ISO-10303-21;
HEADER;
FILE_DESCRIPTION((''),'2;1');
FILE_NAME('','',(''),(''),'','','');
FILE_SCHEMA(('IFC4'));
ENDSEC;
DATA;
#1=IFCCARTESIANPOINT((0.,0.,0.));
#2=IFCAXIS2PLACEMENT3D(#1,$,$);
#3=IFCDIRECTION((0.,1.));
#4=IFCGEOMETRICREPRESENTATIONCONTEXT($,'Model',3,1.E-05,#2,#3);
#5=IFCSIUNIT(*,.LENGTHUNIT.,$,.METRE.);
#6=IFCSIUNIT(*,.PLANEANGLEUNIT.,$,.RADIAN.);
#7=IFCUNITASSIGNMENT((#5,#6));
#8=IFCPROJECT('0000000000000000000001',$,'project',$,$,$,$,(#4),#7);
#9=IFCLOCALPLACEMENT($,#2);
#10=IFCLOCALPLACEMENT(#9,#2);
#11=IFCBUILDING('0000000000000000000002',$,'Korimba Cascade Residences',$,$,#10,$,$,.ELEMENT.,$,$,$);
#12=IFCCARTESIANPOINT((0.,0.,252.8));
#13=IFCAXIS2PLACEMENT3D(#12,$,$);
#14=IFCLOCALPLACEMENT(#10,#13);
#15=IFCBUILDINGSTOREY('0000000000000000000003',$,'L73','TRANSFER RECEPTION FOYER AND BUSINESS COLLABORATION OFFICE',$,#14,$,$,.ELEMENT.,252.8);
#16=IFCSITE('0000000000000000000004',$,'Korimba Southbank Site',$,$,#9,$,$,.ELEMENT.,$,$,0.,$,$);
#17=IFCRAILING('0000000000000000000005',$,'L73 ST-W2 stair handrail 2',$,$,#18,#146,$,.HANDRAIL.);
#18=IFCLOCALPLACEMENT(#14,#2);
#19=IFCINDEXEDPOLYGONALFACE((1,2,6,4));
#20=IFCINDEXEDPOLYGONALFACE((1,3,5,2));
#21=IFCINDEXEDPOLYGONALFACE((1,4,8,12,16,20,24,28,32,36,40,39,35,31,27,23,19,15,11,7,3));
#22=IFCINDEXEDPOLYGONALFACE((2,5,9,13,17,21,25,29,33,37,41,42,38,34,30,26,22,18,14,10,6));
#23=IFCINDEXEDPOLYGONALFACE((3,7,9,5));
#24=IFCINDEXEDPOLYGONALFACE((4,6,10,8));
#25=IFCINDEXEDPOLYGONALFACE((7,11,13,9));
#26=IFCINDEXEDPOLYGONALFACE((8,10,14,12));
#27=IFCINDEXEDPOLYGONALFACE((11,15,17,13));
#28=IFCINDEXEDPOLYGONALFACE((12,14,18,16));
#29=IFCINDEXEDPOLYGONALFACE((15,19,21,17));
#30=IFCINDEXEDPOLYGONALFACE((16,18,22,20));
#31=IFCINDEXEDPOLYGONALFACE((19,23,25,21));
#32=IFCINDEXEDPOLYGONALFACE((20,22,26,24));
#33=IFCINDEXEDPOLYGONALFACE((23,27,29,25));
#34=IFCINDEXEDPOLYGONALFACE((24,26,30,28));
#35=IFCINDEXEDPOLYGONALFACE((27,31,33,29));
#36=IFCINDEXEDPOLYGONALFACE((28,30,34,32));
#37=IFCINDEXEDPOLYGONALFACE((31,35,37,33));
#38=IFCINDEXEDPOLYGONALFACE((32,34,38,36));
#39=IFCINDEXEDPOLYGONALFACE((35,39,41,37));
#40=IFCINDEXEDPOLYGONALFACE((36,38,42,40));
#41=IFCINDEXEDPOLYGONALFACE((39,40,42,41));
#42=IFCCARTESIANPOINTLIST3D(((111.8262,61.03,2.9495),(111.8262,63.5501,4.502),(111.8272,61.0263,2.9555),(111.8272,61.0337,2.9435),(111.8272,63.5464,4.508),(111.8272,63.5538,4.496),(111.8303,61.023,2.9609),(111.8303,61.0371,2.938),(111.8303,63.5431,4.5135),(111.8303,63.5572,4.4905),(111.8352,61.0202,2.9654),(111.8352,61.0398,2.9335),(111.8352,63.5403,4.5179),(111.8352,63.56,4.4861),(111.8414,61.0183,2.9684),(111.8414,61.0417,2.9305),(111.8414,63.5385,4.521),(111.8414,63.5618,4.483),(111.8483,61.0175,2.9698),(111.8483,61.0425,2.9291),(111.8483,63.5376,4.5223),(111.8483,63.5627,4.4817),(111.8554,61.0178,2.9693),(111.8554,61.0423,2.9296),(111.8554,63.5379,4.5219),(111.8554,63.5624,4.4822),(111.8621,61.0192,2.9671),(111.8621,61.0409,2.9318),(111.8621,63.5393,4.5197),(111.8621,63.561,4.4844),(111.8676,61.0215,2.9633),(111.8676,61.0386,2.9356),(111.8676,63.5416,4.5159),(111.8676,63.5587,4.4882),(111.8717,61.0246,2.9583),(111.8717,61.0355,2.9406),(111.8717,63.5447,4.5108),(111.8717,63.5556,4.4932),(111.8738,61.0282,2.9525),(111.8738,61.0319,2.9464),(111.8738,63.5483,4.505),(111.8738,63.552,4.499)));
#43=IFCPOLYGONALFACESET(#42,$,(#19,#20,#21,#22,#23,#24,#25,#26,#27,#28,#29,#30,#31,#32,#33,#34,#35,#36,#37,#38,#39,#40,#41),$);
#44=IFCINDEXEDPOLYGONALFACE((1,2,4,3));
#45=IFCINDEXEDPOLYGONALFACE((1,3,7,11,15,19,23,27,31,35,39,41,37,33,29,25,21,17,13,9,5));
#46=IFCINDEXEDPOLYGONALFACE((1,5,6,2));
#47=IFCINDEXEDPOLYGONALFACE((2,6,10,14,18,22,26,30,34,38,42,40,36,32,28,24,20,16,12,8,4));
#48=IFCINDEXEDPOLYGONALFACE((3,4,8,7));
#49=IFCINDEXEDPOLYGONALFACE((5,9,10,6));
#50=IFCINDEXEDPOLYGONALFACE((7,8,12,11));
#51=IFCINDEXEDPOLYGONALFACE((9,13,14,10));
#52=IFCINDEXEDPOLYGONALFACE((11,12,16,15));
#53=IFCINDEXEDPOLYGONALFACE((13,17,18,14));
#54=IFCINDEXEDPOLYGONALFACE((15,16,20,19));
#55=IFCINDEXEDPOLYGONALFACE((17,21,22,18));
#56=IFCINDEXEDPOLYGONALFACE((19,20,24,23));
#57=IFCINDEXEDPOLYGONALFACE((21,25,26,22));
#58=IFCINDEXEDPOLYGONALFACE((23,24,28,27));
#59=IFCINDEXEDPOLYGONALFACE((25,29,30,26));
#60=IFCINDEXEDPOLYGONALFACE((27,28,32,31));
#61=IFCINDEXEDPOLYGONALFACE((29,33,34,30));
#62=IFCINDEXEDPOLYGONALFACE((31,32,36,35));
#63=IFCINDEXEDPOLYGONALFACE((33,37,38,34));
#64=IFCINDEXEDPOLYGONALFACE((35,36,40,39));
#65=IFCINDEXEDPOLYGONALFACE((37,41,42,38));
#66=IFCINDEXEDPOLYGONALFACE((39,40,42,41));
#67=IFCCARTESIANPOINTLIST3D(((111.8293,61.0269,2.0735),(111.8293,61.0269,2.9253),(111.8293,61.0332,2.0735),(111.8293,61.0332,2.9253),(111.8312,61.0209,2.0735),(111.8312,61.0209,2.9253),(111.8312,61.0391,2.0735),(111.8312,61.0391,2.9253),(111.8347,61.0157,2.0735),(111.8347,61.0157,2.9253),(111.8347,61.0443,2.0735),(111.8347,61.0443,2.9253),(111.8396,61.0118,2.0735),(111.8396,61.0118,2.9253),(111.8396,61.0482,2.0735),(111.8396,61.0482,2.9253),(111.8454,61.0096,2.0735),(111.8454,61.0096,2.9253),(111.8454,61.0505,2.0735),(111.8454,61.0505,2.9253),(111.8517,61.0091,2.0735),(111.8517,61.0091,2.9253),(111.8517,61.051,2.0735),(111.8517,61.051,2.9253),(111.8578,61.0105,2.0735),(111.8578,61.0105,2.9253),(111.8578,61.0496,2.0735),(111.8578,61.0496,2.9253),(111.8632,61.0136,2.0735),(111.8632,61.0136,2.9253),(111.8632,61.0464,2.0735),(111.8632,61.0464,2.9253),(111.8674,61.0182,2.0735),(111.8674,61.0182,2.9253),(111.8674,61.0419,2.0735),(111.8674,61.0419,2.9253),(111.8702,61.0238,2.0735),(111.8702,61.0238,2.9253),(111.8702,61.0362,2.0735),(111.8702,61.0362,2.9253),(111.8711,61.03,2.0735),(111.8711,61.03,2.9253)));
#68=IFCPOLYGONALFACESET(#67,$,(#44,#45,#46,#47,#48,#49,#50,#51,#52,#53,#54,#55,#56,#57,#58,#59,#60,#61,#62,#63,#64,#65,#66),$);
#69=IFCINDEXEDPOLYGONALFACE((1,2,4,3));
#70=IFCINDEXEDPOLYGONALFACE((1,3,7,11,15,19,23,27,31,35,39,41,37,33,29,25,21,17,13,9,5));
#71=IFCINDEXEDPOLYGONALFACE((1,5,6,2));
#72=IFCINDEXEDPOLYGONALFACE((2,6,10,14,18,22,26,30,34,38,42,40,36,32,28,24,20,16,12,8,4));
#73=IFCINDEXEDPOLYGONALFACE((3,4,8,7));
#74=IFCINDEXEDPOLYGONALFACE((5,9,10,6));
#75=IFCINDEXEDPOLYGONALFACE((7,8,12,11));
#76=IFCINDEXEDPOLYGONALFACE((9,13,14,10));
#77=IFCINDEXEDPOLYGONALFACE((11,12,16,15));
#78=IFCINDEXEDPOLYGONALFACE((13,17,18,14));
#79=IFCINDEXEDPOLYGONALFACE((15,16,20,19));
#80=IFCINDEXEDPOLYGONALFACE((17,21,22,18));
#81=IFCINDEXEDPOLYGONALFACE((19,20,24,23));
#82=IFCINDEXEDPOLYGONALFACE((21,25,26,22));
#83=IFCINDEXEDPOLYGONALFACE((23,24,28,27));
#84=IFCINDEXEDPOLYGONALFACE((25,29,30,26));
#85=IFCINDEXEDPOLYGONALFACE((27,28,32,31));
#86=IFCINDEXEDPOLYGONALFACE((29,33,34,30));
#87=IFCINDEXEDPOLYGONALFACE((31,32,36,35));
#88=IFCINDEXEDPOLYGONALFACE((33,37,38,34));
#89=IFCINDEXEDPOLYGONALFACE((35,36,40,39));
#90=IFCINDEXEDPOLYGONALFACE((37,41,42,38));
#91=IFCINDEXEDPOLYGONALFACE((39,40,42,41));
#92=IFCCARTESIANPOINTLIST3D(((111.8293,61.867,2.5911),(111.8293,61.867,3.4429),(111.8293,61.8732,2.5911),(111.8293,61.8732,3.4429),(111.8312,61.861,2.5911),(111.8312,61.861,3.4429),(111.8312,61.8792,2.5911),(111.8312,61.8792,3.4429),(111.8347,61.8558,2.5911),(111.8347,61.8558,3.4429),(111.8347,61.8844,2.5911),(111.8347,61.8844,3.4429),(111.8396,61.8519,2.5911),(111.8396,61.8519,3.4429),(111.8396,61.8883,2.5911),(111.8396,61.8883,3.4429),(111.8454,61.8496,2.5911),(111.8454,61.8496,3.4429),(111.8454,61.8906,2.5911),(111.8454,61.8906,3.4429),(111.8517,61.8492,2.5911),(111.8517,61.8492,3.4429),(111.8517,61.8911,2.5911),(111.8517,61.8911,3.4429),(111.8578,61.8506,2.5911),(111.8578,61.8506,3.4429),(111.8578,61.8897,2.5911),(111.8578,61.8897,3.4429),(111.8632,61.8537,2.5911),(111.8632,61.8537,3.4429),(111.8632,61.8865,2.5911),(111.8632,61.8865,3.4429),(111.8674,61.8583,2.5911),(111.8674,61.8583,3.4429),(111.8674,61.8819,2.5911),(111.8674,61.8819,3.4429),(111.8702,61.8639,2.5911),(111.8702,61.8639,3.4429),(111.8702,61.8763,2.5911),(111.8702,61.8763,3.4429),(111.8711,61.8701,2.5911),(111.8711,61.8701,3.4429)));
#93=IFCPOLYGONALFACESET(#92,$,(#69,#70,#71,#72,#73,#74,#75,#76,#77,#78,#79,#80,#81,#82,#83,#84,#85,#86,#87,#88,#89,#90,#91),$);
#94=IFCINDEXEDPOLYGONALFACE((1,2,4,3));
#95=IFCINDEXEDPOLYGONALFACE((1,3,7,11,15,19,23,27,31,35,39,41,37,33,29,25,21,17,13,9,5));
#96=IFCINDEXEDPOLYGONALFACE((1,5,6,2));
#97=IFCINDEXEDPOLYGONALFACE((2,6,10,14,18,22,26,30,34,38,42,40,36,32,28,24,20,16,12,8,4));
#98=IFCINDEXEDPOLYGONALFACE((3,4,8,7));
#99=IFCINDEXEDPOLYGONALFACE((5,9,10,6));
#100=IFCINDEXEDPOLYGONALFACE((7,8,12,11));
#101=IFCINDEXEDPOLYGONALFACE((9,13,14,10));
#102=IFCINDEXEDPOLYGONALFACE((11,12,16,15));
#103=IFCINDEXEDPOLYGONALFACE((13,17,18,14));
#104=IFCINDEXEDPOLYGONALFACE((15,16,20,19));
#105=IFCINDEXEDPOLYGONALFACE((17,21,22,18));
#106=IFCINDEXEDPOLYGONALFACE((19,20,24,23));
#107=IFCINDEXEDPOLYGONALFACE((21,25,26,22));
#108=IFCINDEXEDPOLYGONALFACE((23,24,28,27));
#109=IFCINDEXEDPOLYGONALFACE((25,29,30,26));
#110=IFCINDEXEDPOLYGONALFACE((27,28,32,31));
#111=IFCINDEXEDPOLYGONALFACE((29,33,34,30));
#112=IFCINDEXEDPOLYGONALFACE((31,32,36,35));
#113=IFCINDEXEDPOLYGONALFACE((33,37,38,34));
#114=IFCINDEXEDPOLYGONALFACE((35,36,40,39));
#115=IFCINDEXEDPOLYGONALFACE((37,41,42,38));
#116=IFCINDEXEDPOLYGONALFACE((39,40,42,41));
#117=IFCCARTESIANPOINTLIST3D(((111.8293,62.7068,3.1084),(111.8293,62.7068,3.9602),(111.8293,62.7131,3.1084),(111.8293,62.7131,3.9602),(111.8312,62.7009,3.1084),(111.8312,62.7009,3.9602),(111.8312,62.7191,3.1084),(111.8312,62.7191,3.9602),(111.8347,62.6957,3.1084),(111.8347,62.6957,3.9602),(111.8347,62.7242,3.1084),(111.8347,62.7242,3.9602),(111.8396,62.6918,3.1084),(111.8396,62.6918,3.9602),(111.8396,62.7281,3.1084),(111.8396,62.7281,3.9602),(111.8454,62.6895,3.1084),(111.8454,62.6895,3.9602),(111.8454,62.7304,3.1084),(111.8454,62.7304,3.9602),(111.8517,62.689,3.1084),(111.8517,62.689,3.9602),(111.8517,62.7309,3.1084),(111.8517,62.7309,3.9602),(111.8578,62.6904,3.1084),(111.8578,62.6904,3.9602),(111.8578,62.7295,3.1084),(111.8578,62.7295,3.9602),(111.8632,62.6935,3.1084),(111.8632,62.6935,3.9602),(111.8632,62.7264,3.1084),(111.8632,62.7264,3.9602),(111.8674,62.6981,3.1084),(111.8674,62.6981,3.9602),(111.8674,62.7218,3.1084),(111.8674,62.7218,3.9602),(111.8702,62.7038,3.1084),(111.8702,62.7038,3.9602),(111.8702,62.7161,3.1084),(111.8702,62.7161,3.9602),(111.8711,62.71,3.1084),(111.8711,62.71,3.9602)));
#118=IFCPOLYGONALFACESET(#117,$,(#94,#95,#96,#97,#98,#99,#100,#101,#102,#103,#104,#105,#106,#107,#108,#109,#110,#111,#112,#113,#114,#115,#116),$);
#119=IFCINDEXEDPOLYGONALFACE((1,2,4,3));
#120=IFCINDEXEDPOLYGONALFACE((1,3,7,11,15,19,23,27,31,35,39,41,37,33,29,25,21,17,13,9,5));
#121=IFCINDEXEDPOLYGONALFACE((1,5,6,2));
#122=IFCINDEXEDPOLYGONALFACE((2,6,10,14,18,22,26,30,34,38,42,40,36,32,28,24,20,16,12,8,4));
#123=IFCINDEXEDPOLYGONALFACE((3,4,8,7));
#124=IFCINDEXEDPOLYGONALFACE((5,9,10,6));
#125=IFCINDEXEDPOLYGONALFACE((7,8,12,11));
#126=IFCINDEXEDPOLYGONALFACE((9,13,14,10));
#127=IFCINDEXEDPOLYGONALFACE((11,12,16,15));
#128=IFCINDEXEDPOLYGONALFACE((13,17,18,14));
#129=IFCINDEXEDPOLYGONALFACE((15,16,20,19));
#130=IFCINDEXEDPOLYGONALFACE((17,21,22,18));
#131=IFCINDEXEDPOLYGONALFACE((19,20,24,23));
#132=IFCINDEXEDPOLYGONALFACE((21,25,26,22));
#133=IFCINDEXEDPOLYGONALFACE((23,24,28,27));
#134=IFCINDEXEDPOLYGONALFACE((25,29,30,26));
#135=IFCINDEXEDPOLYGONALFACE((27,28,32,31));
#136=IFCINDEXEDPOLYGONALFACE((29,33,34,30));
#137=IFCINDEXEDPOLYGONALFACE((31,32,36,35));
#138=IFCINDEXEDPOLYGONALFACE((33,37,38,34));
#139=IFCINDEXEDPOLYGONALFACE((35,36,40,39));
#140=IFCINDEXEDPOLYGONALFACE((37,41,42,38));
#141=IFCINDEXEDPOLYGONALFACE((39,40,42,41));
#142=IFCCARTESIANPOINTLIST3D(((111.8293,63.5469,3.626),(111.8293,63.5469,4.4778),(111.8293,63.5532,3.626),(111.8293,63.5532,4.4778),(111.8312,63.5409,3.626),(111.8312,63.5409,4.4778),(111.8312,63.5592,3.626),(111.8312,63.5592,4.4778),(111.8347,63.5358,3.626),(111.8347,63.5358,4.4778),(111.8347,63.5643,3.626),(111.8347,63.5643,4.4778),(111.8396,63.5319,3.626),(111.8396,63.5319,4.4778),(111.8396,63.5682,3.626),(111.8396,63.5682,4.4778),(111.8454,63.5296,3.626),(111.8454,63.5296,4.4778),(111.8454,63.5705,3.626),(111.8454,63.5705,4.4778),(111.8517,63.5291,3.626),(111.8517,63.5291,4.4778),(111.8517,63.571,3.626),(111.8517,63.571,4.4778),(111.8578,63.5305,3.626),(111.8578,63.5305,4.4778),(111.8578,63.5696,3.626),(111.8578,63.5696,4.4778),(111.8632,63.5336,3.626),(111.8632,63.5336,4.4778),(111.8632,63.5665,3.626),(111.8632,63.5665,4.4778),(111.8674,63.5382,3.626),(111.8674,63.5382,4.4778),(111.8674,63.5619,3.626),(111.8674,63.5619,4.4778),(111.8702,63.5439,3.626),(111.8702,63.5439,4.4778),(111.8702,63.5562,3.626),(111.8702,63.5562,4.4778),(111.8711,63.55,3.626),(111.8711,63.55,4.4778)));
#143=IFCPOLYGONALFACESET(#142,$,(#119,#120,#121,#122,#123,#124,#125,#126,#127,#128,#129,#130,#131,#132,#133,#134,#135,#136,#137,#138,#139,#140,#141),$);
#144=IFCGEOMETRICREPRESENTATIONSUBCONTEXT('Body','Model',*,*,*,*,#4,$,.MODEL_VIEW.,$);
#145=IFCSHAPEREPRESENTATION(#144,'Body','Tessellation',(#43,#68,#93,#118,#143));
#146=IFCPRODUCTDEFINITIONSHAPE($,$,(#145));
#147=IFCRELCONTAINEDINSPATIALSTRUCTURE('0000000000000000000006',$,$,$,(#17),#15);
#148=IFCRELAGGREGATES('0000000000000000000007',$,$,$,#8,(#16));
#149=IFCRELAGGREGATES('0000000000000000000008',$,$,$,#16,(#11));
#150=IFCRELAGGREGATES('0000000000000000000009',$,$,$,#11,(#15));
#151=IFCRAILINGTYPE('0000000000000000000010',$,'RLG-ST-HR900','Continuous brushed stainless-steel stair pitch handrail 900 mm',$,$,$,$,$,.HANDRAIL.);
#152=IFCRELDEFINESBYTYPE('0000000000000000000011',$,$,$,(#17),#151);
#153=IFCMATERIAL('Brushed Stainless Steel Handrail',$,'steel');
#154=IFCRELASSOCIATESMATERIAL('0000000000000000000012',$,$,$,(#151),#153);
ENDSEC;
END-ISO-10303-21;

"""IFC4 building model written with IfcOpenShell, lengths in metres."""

from ifc_helpers import new_model, si_unit, direction, frame, origin, origin_2d, place, context, subcontext, project, spatial, circle, extrude, material, type_object, element, save


model = new_model("IFC4")

# Units and contexts
model_context = context("Model", 3, precision=1e-05, world=origin(), true_north=direction((0.0, 1.0)))
body_context = subcontext(model_context, "Body", "Model", "MODEL_VIEW")
ifc_project = project(units=[si_unit("LENGTHUNIT", "METRE"), si_unit("PLANEANGLEUNIT", "RADIAN")], contexts=[model_context])

# Site, building, storey
site_placement = place(None, origin())
site = spatial("IfcSite", under=ifc_project, at=site_placement, Name="Korimba Southbank Site", CompositionType="ELEMENT", RefElevation=0.0)
building_placement = place(site_placement, origin())
building = spatial("IfcBuilding", under=site, at=building_placement, Name="Korimba Cascade Residences", CompositionType="ELEMENT")
storey_placement = place(building_placement, frame((0.0, 0.0, 252.8)))
storey = spatial("IfcBuildingStorey", under=building, at=storey_placement, Name="L73", Description="TRANSFER RECEPTION FOYER AND BUSINESS COLLABORATION OFFICE", CompositionType="ELEMENT", Elevation=252.8)

# Railing
ifc_material_1 = material(Name="Brushed Stainless Steel Handrail", Category="steel")
railing_type_1 = type_object("IfcRailingType", Name="RLG-ST-HR900", Description="Continuous brushed stainless-steel stair pitch handrail 900 mm", PredefinedType="HANDRAIL", material=ifc_material_1)
railing_1_placement = place(storey_placement, frame((111.8501, 61.03, 2.0735)))
element("IfcRailing", 1, at=railing_1_placement, inside=storey, type_object=railing_type_1, Name="L73 ST-W2 stair handrail 2", PredefinedType="HANDRAIL", context=body_context, shape_type="SweptSolid", body=[
    extrude(circle(Radius=0.0239, at=origin_2d()), frame((0.0, 0.0, 0.876), z_axis=(0.0, 0.8514, 0.524516), x_axis=(-1.0, 0.0, 0.0)), (0.0, 0.0, 1.0), 2.96),
    extrude(circle(Radius=0.021, at=origin_2d()), origin(), (0.0, 0.0, 1.0), 0.8518),
    extrude(circle(Radius=0.021, at=origin_2d()), frame((0.0, 0.8401, 0.5176)), (0.0, 0.0, 1.0), 0.8518),
    extrude(circle(Radius=0.021, at=origin_2d()), frame((0.0, 1.6799, 1.0349)), (0.0, 0.0, 1.0), 0.8518),
    extrude(circle(Radius=0.021, at=origin_2d()), frame((0.0, 2.52, 1.5525)), (0.0, 0.0, 1.0), 0.8518),
])

save(model, "model.ifc")
